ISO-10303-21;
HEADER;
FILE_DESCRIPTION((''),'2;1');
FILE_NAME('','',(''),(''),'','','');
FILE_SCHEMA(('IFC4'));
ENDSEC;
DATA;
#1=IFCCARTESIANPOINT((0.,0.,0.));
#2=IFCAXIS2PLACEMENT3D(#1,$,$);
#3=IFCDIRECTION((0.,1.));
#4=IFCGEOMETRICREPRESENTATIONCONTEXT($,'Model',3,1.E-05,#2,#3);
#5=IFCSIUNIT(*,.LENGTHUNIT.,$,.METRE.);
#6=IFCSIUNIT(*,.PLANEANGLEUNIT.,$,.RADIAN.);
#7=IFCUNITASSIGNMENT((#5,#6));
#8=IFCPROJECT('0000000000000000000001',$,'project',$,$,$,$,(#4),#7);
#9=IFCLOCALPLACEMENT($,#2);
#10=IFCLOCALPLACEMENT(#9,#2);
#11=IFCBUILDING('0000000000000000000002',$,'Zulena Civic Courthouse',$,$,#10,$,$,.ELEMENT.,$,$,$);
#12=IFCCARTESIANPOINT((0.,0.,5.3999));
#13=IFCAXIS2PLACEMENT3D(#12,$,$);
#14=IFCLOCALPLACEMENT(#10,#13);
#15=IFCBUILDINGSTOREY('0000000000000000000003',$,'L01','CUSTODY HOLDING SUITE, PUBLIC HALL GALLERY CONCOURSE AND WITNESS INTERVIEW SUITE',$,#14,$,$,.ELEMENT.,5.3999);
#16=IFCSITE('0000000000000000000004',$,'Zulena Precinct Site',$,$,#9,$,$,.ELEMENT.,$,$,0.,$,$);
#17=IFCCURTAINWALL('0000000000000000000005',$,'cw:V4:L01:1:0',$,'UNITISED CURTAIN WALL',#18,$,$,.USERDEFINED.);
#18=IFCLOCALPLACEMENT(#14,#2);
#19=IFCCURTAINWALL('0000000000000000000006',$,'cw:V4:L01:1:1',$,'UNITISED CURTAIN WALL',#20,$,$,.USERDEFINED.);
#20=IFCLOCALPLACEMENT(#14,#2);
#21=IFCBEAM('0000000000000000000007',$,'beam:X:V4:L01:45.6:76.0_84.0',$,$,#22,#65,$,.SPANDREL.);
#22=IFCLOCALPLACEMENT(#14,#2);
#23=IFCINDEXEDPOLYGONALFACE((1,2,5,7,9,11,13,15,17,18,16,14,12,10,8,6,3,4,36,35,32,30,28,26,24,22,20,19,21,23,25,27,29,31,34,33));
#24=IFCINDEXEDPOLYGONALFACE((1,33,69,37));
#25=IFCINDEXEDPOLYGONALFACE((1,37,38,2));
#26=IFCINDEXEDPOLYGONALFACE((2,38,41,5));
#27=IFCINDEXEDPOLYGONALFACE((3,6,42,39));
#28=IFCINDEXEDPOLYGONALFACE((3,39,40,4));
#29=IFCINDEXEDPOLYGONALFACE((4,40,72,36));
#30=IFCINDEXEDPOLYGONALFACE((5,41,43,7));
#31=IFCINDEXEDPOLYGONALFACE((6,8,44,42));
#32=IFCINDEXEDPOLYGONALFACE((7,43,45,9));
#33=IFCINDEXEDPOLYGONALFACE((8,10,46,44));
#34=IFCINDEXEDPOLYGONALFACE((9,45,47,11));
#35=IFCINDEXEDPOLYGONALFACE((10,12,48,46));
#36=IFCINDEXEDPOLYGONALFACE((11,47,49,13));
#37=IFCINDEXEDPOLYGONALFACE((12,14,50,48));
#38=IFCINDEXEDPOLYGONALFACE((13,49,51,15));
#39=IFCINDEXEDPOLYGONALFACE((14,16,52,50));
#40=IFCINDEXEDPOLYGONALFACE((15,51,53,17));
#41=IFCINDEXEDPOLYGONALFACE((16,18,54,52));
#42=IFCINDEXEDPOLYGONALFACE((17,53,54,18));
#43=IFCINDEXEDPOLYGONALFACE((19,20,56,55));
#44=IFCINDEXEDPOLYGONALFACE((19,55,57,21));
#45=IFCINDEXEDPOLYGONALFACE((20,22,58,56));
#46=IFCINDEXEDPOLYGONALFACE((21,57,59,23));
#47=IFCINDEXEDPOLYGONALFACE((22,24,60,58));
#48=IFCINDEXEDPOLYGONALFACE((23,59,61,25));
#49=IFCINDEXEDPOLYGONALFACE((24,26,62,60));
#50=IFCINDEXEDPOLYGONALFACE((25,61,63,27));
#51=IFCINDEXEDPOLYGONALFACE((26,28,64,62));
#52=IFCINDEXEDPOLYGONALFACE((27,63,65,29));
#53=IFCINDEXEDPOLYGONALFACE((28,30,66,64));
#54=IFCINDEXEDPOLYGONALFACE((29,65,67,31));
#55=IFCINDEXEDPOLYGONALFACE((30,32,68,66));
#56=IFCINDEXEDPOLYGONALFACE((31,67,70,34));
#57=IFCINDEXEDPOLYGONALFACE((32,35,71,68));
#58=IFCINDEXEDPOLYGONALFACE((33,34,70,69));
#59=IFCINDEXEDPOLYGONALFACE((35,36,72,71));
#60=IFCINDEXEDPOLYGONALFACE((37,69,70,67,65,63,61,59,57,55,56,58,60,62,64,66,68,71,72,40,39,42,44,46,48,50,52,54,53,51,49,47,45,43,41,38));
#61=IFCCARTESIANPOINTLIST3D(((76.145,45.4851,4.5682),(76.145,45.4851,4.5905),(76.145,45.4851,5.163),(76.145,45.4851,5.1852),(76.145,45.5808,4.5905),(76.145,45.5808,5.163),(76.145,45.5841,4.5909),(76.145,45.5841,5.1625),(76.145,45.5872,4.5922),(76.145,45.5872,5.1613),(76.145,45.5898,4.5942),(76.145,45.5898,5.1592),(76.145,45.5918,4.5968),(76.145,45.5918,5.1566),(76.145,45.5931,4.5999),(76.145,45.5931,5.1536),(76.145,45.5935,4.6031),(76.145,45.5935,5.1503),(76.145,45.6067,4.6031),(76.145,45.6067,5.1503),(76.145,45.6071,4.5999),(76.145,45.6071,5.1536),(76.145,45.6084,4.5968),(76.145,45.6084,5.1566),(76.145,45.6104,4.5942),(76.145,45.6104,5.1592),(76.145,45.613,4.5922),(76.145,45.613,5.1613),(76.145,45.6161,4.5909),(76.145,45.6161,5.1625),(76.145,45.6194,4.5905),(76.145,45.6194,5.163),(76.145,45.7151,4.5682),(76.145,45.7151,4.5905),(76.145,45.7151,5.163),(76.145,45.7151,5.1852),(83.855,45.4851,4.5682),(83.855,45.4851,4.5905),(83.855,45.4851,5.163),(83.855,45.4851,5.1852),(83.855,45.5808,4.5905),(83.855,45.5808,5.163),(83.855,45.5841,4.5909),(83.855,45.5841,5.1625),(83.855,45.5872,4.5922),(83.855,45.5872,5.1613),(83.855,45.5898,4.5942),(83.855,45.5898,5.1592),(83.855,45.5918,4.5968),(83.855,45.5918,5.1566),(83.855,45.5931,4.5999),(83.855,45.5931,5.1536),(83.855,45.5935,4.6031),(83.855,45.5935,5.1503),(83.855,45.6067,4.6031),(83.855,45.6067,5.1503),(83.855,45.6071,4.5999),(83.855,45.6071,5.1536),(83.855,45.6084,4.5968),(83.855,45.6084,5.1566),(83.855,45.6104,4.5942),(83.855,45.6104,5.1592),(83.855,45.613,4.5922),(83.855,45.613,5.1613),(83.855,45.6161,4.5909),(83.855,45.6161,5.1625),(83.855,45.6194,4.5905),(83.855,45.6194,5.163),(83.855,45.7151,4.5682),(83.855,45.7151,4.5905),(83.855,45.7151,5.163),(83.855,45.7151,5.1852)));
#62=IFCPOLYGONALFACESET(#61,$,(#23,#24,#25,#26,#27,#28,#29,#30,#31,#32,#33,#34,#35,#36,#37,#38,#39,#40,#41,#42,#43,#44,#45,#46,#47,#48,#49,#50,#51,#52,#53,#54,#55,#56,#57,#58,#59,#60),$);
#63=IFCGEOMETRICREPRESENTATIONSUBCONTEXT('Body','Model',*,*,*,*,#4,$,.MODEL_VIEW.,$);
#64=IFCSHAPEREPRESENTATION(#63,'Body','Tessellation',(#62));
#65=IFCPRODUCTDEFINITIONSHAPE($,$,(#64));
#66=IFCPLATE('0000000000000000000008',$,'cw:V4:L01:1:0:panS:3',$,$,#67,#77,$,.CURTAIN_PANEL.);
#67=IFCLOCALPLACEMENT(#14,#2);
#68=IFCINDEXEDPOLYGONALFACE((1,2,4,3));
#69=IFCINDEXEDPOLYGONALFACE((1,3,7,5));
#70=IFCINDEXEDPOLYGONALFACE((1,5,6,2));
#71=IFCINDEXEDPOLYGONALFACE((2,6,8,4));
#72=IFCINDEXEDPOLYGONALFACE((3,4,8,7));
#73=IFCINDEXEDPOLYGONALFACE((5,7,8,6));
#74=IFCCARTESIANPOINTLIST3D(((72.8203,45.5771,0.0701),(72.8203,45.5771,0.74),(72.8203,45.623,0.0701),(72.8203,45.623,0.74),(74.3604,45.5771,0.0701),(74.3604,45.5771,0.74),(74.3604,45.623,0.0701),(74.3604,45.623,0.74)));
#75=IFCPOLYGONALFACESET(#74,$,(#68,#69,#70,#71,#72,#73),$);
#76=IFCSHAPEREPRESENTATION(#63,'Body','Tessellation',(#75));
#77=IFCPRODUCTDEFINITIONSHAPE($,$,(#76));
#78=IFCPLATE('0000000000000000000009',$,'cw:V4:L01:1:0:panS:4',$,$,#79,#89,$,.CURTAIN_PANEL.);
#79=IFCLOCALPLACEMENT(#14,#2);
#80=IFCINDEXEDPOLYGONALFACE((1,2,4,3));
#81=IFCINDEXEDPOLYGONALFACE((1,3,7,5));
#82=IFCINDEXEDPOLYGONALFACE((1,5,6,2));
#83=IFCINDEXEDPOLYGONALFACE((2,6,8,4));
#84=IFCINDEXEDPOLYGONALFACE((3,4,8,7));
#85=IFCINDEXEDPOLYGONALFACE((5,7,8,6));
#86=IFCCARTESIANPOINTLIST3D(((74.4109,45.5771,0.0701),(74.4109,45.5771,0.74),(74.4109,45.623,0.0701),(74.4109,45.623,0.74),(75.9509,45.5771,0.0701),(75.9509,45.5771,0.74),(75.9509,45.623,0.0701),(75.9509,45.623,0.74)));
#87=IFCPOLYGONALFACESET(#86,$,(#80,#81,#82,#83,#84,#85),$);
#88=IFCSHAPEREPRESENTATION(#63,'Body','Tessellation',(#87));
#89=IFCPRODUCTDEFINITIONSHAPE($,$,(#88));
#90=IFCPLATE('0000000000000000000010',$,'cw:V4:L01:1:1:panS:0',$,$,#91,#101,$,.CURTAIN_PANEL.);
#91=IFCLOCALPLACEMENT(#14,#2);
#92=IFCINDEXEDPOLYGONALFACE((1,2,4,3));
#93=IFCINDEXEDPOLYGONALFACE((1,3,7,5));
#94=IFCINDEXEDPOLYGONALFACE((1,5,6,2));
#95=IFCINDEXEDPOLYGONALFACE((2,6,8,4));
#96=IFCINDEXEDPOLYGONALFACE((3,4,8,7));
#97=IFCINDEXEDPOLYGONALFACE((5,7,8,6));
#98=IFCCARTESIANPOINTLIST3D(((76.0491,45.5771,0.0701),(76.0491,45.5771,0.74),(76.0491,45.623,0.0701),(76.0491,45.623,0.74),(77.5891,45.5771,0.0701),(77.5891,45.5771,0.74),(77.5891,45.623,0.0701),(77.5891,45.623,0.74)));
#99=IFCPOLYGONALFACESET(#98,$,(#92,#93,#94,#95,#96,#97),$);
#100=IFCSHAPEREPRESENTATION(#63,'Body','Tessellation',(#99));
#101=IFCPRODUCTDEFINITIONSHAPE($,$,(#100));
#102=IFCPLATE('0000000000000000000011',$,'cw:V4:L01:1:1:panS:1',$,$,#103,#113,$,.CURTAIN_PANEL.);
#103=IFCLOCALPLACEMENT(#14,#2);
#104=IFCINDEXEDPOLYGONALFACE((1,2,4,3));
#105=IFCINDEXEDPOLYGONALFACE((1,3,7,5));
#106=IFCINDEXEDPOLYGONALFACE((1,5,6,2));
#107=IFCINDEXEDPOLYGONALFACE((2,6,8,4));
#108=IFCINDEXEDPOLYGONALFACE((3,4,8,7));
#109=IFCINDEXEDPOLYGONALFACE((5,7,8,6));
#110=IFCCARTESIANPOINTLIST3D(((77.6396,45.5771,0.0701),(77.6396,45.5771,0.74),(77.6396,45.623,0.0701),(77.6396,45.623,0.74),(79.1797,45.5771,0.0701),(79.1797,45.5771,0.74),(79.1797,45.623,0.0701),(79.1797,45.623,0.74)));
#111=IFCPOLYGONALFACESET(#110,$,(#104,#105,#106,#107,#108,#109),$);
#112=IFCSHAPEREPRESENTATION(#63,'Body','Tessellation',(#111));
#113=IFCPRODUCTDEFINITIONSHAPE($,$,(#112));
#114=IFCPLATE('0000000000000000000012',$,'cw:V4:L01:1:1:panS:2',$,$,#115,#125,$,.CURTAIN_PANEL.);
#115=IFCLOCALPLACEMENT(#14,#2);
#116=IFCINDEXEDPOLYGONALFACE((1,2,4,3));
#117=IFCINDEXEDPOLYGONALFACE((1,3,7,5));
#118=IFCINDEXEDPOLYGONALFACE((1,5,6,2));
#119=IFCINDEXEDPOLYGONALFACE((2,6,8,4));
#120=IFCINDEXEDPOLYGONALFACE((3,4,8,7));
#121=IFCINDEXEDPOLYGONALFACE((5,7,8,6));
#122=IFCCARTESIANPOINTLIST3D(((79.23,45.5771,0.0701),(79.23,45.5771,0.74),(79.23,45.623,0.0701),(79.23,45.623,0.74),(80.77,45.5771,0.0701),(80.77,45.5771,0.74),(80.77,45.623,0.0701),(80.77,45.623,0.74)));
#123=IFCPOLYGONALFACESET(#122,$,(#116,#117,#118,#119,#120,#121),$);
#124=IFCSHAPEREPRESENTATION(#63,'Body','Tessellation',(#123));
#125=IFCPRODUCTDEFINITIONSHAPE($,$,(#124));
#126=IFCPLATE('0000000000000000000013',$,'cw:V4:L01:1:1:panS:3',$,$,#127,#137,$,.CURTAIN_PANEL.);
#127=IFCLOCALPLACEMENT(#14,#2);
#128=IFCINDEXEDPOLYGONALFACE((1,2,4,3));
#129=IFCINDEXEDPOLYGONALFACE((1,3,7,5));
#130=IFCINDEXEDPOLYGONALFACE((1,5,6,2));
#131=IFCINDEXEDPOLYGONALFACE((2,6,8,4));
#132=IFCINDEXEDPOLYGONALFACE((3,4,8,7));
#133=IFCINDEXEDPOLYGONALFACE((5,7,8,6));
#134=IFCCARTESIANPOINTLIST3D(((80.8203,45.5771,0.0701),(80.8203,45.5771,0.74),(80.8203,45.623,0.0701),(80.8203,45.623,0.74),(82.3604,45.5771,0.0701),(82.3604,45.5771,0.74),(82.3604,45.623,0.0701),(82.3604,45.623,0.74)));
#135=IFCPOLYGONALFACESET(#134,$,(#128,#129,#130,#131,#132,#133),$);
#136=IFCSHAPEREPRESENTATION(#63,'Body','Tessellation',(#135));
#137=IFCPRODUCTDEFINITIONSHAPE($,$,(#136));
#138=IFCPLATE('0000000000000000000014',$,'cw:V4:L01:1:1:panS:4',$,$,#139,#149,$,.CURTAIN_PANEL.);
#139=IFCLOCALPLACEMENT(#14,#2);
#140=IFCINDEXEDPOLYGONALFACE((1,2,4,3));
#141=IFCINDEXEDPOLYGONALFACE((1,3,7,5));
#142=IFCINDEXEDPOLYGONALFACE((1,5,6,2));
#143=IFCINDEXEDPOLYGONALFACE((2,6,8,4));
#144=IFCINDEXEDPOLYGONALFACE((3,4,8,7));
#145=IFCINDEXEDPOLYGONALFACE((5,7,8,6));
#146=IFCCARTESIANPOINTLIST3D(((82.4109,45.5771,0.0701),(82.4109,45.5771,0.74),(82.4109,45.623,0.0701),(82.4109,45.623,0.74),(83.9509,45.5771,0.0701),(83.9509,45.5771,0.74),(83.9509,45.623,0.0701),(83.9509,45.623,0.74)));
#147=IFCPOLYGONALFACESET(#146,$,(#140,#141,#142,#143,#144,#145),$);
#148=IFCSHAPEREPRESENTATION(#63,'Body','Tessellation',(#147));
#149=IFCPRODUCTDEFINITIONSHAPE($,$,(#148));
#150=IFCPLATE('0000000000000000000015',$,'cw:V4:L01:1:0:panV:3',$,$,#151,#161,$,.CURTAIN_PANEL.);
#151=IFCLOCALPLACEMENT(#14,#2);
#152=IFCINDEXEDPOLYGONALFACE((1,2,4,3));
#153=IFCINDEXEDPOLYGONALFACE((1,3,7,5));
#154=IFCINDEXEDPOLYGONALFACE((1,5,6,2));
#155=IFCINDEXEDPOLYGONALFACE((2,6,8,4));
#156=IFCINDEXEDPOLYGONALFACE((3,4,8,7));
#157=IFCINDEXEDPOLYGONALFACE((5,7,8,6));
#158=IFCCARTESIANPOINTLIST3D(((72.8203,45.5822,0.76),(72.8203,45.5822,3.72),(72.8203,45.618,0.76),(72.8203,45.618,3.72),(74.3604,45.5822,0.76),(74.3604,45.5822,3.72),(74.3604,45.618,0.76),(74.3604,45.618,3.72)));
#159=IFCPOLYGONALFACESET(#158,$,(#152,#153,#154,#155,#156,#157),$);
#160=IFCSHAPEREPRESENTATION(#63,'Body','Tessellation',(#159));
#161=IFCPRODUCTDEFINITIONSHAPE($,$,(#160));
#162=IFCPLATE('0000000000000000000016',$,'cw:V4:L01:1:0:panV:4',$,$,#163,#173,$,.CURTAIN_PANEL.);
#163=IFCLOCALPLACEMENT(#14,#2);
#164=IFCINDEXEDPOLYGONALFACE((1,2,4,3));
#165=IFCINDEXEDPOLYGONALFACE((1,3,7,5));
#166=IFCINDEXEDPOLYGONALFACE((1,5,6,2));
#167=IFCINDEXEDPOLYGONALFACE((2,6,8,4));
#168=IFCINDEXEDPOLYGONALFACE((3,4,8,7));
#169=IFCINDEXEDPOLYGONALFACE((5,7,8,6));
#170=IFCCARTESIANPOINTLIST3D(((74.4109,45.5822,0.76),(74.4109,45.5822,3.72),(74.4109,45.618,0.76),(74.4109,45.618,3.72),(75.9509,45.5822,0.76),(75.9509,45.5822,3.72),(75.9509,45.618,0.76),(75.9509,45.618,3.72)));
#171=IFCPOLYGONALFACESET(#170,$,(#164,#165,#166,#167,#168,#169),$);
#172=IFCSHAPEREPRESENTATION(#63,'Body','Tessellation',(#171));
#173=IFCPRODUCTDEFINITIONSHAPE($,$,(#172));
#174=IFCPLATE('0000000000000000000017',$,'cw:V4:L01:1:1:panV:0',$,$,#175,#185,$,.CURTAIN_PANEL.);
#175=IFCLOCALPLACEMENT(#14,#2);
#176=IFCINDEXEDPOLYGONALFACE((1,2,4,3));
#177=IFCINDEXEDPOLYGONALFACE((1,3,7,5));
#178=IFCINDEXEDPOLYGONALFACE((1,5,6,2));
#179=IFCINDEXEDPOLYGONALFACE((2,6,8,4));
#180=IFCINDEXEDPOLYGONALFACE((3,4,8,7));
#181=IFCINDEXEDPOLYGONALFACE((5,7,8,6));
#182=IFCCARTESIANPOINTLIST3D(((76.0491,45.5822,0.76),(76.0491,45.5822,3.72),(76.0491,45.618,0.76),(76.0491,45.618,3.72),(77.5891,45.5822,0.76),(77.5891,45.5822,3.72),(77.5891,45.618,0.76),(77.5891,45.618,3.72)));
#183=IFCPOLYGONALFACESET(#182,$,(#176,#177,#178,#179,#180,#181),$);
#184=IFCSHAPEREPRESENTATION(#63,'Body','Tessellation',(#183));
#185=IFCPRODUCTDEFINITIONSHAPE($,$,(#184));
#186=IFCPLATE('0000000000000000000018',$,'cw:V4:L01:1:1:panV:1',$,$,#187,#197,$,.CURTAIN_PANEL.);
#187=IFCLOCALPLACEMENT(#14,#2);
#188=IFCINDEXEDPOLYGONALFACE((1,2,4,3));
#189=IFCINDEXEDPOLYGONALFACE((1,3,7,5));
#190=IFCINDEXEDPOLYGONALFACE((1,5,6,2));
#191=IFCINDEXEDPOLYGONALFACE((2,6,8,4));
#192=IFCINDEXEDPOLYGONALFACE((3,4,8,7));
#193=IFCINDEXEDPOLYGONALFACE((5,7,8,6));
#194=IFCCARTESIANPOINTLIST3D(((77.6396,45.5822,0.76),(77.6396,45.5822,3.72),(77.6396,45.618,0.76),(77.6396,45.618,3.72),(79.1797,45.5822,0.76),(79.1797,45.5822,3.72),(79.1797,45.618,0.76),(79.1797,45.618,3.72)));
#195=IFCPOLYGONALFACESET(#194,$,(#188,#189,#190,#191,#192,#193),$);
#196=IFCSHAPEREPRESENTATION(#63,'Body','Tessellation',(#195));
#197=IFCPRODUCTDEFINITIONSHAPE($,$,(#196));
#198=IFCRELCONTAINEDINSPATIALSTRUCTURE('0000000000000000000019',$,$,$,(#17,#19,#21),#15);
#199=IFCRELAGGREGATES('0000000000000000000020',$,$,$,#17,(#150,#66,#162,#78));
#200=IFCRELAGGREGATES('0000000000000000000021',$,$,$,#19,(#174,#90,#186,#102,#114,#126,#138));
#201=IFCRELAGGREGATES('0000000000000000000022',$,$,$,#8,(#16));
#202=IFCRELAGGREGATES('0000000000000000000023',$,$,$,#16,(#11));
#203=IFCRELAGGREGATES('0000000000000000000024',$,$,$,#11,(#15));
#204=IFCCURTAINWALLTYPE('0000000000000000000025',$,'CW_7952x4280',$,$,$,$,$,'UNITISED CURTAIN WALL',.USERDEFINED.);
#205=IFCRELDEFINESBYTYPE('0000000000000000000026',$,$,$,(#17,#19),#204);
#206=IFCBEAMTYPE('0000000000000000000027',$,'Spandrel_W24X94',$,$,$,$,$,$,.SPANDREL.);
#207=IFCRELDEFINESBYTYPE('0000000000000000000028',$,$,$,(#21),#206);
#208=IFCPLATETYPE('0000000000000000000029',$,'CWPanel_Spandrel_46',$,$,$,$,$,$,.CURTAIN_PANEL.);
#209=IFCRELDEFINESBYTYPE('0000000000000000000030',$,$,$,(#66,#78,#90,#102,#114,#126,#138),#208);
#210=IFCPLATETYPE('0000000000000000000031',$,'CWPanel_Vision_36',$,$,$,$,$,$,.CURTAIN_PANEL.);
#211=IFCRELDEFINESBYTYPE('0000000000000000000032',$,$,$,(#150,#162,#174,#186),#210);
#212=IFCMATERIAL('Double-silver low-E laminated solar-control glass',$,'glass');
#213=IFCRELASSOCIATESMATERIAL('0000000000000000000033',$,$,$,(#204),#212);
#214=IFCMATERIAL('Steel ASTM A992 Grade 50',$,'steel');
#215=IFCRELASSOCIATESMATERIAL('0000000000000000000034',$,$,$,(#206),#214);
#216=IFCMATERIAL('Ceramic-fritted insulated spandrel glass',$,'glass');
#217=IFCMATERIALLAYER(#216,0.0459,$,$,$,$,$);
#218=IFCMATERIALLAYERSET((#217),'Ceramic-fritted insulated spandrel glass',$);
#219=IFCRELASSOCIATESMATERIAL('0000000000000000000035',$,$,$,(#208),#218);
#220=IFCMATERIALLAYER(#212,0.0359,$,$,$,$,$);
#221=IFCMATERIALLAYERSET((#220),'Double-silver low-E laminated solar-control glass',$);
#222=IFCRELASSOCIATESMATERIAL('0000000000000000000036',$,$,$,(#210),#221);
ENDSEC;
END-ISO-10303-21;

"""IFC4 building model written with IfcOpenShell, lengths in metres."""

from ifc_helpers import new_model, si_unit, direction, frame, origin, origin_2d, place, context, subcontext, project, spatial, rectangle, i_section, extrude, material, layer, layer_set, material_profile, profile_set, type_object, element, aggregate, save


model = new_model("IFC4")

# Units and contexts
model_context = context("Model", 3, precision=1e-05, world=origin(), true_north=direction((0.0, 1.0)))
body_context = subcontext(model_context, "Body", "Model", "MODEL_VIEW")
ifc_project = project(units=[si_unit("LENGTHUNIT", "METRE"), si_unit("PLANEANGLEUNIT", "RADIAN")], contexts=[model_context])

# Site, building, storey
site_placement = place(None, origin())
site = spatial("IfcSite", under=ifc_project, at=site_placement, Name="Zulena Precinct Site", CompositionType="ELEMENT", RefElevation=0.0)
building_placement = place(site_placement, origin())
building = spatial("IfcBuilding", under=site, at=building_placement, Name="Zulena Civic Courthouse", CompositionType="ELEMENT")
storey_placement = place(building_placement, frame((0.0, 0.0, 5.3999)))
storey = spatial("IfcBuildingStorey", under=building, at=storey_placement, Name="L01", Description="CUSTODY HOLDING SUITE, PUBLIC HALL GALLERY CONCOURSE AND WITNESS INTERVIEW SUITE", CompositionType="ELEMENT", Elevation=5.3999)

# Shared definitions
ifc_material_1 = material(Name="Steel ASTM A992 Grade 50", Category="steel")

# Curtain walls
ifc_material_2 = material(Name="Double-silver low-E laminated solar-control glass", Category="glass")
curtain_wall_type = type_object("IfcCurtainWallType", Name="CW_7952x4280", ElementType="UNITISED CURTAIN WALL", PredefinedType="USERDEFINED", material=ifc_material_2)
curtain_wall_1_placement = place(storey_placement, origin())
curtain_wall_1 = element("IfcCurtainWall", 1, at=curtain_wall_1_placement, inside=storey, type_object=curtain_wall_type, Name="cw:V4:L01:1:0", ObjectType="UNITISED CURTAIN WALL", PredefinedType="USERDEFINED")
curtain_wall_2_placement = place(storey_placement, origin())
curtain_wall_2 = element("IfcCurtainWall", 2, at=curtain_wall_2_placement, inside=storey, type_object=curtain_wall_type, Name="cw:V4:L01:1:1", ObjectType="UNITISED CURTAIN WALL", PredefinedType="USERDEFINED")

# Beam
ifc_material_profile_1 = material_profile(ifc_material_1, i_section(OverallWidth=0.23, OverallDepth=0.6169, WebThickness=0.0132, FlangeThickness=0.0222, FilletRadius=0.0127, at=origin_2d()), Name="W24X94")
ifc_profile_set_1 = profile_set([ifc_material_profile_1], Name="Steel ASTM A992 Grade 50")
beam_type = type_object("IfcBeamType", Name="Spandrel_W24X94", PredefinedType="SPANDREL", material=ifc_profile_set_1)
beam_placement = place(storey_placement, frame((76.145, 45.6001, 4.8767), z_axis=(1.0, 0.0, 0.0), x_axis=(0.0, 1.0, 0.0)))
element("IfcBeam", 3, at=beam_placement, inside=storey, type_object=beam_type, Name="beam:X:V4:L01:45.6:76.0_84.0", PredefinedType="SPANDREL", context=body_context, shape_type="SweptSolid", body=[
    extrude(i_section(OverallWidth=0.23, OverallDepth=0.6169, WebThickness=0.0132, FlangeThickness=0.0222, FilletRadius=0.0127, at=origin_2d()), origin(), (0.0, 0.0, 1.0), 7.71),
])

# Plates
ifc_material_3 = material(Name="Ceramic-fritted insulated spandrel glass", Category="glass")
ifc_layer_1 = layer(ifc_material_3, 0.0459)
ifc_layer_set_1 = layer_set([ifc_layer_1], Name="Ceramic-fritted insulated spandrel glass")
plate_type_1 = type_object("IfcPlateType", Name="CWPanel_Spandrel_46", PredefinedType="CURTAIN_PANEL", material=ifc_layer_set_1)
plate_1_placement = place(storey_placement, frame((73.5903, 45.6001, 0.0701), z_axis=(0.0, 0.0, 1.0), x_axis=(1.0, 0.0, 0.0)))
plate_1 = element("IfcPlate", 4, at=plate_1_placement, type_object=plate_type_1, Name="cw:V4:L01:1:0:panS:3", PredefinedType="CURTAIN_PANEL", context=body_context, shape_type="SweptSolid", body=[
    extrude(rectangle(XDim=1.54, YDim=0.0459, at=origin_2d()), origin(), (0.0, 0.0, 1.0), 0.6699),
])
plate_2_placement = place(storey_placement, frame((75.1809, 45.6001, 0.0701), z_axis=(0.0, 0.0, 1.0), x_axis=(1.0, 0.0, 0.0)))
plate_2 = element("IfcPlate", 5, at=plate_2_placement, type_object=plate_type_1, Name="cw:V4:L01:1:0:panS:4", PredefinedType="CURTAIN_PANEL", context=body_context, shape_type="SweptSolid", body=[
    extrude(rectangle(XDim=1.54, YDim=0.0459, at=origin_2d()), origin(), (0.0, 0.0, 1.0), 0.6699),
])
plate_3_placement = place(storey_placement, frame((76.8191, 45.6001, 0.0701), z_axis=(0.0, 0.0, 1.0), x_axis=(1.0, 0.0, 0.0)))
plate_3 = element("IfcPlate", 6, at=plate_3_placement, type_object=plate_type_1, Name="cw:V4:L01:1:1:panS:0", PredefinedType="CURTAIN_PANEL", context=body_context, shape_type="SweptSolid", body=[
    extrude(rectangle(XDim=1.54, YDim=0.0459, at=origin_2d()), origin(), (0.0, 0.0, 1.0), 0.6699),
])
plate_4_placement = place(storey_placement, frame((78.4097, 45.6001, 0.0701), z_axis=(0.0, 0.0, 1.0), x_axis=(1.0, 0.0, 0.0)))
plate_4 = element("IfcPlate", 7, at=plate_4_placement, type_object=plate_type_1, Name="cw:V4:L01:1:1:panS:1", PredefinedType="CURTAIN_PANEL", context=body_context, shape_type="SweptSolid", body=[
    extrude(rectangle(XDim=1.54, YDim=0.0459, at=origin_2d()), origin(), (0.0, 0.0, 1.0), 0.6699),
])
plate_5_placement = place(storey_placement, frame((80.0, 45.6001, 0.0701), z_axis=(0.0, 0.0, 1.0), x_axis=(1.0, 0.0, 0.0)))
plate_5 = element("IfcPlate", 8, at=plate_5_placement, type_object=plate_type_1, Name="cw:V4:L01:1:1:panS:2", PredefinedType="CURTAIN_PANEL", context=body_context, shape_type="SweptSolid", body=[
    extrude(rectangle(XDim=1.54, YDim=0.0459, at=origin_2d()), origin(), (0.0, 0.0, 1.0), 0.6699),
])
plate_6_placement = place(storey_placement, frame((81.5903, 45.6001, 0.0701), z_axis=(0.0, 0.0, 1.0), x_axis=(1.0, 0.0, 0.0)))
plate_6 = element("IfcPlate", 9, at=plate_6_placement, type_object=plate_type_1, Name="cw:V4:L01:1:1:panS:3", PredefinedType="CURTAIN_PANEL", context=body_context, shape_type="SweptSolid", body=[
    extrude(rectangle(XDim=1.54, YDim=0.0459, at=origin_2d()), origin(), (0.0, 0.0, 1.0), 0.6699),
])
plate_7_placement = place(storey_placement, frame((83.1809, 45.6001, 0.0701), z_axis=(0.0, 0.0, 1.0), x_axis=(1.0, 0.0, 0.0)))
plate_7 = element("IfcPlate", 10, at=plate_7_placement, type_object=plate_type_1, Name="cw:V4:L01:1:1:panS:4", PredefinedType="CURTAIN_PANEL", context=body_context, shape_type="SweptSolid", body=[
    extrude(rectangle(XDim=1.54, YDim=0.0459, at=origin_2d()), origin(), (0.0, 0.0, 1.0), 0.6699),
])
ifc_layer_2 = layer(ifc_material_2, 0.0359)
ifc_layer_set_2 = layer_set([ifc_layer_2], Name="Double-silver low-E laminated solar-control glass")
plate_type_2 = type_object("IfcPlateType", Name="CWPanel_Vision_36", PredefinedType="CURTAIN_PANEL", material=ifc_layer_set_2)
plate_8_placement = place(storey_placement, frame((73.5903, 45.6001, 0.76), z_axis=(0.0, 0.0, 1.0), x_axis=(1.0, 0.0, 0.0)))
plate_8 = element("IfcPlate", 11, at=plate_8_placement, type_object=plate_type_2, Name="cw:V4:L01:1:0:panV:3", PredefinedType="CURTAIN_PANEL", context=body_context, shape_type="SweptSolid", body=[
    extrude(rectangle(XDim=1.54, YDim=0.0359, at=origin_2d()), origin(), (0.0, 0.0, 1.0), 2.96),
])
plate_9_placement = place(storey_placement, frame((75.1809, 45.6001, 0.76), z_axis=(0.0, 0.0, 1.0), x_axis=(1.0, 0.0, 0.0)))
plate_9 = element("IfcPlate", 12, at=plate_9_placement, type_object=plate_type_2, Name="cw:V4:L01:1:0:panV:4", PredefinedType="CURTAIN_PANEL", context=body_context, shape_type="SweptSolid", body=[
    extrude(rectangle(XDim=1.54, YDim=0.0359, at=origin_2d()), origin(), (0.0, 0.0, 1.0), 2.96),
])
aggregate(curtain_wall_1, [plate_8, plate_1, plate_9, plate_2])
plate_10_placement = place(storey_placement, frame((76.8191, 45.6001, 0.76), z_axis=(0.0, 0.0, 1.0), x_axis=(1.0, 0.0, 0.0)))
plate_10 = element("IfcPlate", 13, at=plate_10_placement, type_object=plate_type_2, Name="cw:V4:L01:1:1:panV:0", PredefinedType="CURTAIN_PANEL", context=body_context, shape_type="SweptSolid", body=[
    extrude(rectangle(XDim=1.54, YDim=0.0359, at=origin_2d()), origin(), (0.0, 0.0, 1.0), 2.96),
])
plate_11_placement = place(storey_placement, frame((78.4097, 45.6001, 0.76), z_axis=(0.0, 0.0, 1.0), x_axis=(1.0, 0.0, 0.0)))
plate_11 = element("IfcPlate", 14, at=plate_11_placement, type_object=plate_type_2, Name="cw:V4:L01:1:1:panV:1", PredefinedType="CURTAIN_PANEL", context=body_context, shape_type="SweptSolid", body=[
    extrude(rectangle(XDim=1.54, YDim=0.0359, at=origin_2d()), origin(), (0.0, 0.0, 1.0), 2.96),
])
aggregate(curtain_wall_2, [plate_10, plate_3, plate_11, plate_4, plate_5, plate_6, plate_7])

save(model, "model.ifc")
